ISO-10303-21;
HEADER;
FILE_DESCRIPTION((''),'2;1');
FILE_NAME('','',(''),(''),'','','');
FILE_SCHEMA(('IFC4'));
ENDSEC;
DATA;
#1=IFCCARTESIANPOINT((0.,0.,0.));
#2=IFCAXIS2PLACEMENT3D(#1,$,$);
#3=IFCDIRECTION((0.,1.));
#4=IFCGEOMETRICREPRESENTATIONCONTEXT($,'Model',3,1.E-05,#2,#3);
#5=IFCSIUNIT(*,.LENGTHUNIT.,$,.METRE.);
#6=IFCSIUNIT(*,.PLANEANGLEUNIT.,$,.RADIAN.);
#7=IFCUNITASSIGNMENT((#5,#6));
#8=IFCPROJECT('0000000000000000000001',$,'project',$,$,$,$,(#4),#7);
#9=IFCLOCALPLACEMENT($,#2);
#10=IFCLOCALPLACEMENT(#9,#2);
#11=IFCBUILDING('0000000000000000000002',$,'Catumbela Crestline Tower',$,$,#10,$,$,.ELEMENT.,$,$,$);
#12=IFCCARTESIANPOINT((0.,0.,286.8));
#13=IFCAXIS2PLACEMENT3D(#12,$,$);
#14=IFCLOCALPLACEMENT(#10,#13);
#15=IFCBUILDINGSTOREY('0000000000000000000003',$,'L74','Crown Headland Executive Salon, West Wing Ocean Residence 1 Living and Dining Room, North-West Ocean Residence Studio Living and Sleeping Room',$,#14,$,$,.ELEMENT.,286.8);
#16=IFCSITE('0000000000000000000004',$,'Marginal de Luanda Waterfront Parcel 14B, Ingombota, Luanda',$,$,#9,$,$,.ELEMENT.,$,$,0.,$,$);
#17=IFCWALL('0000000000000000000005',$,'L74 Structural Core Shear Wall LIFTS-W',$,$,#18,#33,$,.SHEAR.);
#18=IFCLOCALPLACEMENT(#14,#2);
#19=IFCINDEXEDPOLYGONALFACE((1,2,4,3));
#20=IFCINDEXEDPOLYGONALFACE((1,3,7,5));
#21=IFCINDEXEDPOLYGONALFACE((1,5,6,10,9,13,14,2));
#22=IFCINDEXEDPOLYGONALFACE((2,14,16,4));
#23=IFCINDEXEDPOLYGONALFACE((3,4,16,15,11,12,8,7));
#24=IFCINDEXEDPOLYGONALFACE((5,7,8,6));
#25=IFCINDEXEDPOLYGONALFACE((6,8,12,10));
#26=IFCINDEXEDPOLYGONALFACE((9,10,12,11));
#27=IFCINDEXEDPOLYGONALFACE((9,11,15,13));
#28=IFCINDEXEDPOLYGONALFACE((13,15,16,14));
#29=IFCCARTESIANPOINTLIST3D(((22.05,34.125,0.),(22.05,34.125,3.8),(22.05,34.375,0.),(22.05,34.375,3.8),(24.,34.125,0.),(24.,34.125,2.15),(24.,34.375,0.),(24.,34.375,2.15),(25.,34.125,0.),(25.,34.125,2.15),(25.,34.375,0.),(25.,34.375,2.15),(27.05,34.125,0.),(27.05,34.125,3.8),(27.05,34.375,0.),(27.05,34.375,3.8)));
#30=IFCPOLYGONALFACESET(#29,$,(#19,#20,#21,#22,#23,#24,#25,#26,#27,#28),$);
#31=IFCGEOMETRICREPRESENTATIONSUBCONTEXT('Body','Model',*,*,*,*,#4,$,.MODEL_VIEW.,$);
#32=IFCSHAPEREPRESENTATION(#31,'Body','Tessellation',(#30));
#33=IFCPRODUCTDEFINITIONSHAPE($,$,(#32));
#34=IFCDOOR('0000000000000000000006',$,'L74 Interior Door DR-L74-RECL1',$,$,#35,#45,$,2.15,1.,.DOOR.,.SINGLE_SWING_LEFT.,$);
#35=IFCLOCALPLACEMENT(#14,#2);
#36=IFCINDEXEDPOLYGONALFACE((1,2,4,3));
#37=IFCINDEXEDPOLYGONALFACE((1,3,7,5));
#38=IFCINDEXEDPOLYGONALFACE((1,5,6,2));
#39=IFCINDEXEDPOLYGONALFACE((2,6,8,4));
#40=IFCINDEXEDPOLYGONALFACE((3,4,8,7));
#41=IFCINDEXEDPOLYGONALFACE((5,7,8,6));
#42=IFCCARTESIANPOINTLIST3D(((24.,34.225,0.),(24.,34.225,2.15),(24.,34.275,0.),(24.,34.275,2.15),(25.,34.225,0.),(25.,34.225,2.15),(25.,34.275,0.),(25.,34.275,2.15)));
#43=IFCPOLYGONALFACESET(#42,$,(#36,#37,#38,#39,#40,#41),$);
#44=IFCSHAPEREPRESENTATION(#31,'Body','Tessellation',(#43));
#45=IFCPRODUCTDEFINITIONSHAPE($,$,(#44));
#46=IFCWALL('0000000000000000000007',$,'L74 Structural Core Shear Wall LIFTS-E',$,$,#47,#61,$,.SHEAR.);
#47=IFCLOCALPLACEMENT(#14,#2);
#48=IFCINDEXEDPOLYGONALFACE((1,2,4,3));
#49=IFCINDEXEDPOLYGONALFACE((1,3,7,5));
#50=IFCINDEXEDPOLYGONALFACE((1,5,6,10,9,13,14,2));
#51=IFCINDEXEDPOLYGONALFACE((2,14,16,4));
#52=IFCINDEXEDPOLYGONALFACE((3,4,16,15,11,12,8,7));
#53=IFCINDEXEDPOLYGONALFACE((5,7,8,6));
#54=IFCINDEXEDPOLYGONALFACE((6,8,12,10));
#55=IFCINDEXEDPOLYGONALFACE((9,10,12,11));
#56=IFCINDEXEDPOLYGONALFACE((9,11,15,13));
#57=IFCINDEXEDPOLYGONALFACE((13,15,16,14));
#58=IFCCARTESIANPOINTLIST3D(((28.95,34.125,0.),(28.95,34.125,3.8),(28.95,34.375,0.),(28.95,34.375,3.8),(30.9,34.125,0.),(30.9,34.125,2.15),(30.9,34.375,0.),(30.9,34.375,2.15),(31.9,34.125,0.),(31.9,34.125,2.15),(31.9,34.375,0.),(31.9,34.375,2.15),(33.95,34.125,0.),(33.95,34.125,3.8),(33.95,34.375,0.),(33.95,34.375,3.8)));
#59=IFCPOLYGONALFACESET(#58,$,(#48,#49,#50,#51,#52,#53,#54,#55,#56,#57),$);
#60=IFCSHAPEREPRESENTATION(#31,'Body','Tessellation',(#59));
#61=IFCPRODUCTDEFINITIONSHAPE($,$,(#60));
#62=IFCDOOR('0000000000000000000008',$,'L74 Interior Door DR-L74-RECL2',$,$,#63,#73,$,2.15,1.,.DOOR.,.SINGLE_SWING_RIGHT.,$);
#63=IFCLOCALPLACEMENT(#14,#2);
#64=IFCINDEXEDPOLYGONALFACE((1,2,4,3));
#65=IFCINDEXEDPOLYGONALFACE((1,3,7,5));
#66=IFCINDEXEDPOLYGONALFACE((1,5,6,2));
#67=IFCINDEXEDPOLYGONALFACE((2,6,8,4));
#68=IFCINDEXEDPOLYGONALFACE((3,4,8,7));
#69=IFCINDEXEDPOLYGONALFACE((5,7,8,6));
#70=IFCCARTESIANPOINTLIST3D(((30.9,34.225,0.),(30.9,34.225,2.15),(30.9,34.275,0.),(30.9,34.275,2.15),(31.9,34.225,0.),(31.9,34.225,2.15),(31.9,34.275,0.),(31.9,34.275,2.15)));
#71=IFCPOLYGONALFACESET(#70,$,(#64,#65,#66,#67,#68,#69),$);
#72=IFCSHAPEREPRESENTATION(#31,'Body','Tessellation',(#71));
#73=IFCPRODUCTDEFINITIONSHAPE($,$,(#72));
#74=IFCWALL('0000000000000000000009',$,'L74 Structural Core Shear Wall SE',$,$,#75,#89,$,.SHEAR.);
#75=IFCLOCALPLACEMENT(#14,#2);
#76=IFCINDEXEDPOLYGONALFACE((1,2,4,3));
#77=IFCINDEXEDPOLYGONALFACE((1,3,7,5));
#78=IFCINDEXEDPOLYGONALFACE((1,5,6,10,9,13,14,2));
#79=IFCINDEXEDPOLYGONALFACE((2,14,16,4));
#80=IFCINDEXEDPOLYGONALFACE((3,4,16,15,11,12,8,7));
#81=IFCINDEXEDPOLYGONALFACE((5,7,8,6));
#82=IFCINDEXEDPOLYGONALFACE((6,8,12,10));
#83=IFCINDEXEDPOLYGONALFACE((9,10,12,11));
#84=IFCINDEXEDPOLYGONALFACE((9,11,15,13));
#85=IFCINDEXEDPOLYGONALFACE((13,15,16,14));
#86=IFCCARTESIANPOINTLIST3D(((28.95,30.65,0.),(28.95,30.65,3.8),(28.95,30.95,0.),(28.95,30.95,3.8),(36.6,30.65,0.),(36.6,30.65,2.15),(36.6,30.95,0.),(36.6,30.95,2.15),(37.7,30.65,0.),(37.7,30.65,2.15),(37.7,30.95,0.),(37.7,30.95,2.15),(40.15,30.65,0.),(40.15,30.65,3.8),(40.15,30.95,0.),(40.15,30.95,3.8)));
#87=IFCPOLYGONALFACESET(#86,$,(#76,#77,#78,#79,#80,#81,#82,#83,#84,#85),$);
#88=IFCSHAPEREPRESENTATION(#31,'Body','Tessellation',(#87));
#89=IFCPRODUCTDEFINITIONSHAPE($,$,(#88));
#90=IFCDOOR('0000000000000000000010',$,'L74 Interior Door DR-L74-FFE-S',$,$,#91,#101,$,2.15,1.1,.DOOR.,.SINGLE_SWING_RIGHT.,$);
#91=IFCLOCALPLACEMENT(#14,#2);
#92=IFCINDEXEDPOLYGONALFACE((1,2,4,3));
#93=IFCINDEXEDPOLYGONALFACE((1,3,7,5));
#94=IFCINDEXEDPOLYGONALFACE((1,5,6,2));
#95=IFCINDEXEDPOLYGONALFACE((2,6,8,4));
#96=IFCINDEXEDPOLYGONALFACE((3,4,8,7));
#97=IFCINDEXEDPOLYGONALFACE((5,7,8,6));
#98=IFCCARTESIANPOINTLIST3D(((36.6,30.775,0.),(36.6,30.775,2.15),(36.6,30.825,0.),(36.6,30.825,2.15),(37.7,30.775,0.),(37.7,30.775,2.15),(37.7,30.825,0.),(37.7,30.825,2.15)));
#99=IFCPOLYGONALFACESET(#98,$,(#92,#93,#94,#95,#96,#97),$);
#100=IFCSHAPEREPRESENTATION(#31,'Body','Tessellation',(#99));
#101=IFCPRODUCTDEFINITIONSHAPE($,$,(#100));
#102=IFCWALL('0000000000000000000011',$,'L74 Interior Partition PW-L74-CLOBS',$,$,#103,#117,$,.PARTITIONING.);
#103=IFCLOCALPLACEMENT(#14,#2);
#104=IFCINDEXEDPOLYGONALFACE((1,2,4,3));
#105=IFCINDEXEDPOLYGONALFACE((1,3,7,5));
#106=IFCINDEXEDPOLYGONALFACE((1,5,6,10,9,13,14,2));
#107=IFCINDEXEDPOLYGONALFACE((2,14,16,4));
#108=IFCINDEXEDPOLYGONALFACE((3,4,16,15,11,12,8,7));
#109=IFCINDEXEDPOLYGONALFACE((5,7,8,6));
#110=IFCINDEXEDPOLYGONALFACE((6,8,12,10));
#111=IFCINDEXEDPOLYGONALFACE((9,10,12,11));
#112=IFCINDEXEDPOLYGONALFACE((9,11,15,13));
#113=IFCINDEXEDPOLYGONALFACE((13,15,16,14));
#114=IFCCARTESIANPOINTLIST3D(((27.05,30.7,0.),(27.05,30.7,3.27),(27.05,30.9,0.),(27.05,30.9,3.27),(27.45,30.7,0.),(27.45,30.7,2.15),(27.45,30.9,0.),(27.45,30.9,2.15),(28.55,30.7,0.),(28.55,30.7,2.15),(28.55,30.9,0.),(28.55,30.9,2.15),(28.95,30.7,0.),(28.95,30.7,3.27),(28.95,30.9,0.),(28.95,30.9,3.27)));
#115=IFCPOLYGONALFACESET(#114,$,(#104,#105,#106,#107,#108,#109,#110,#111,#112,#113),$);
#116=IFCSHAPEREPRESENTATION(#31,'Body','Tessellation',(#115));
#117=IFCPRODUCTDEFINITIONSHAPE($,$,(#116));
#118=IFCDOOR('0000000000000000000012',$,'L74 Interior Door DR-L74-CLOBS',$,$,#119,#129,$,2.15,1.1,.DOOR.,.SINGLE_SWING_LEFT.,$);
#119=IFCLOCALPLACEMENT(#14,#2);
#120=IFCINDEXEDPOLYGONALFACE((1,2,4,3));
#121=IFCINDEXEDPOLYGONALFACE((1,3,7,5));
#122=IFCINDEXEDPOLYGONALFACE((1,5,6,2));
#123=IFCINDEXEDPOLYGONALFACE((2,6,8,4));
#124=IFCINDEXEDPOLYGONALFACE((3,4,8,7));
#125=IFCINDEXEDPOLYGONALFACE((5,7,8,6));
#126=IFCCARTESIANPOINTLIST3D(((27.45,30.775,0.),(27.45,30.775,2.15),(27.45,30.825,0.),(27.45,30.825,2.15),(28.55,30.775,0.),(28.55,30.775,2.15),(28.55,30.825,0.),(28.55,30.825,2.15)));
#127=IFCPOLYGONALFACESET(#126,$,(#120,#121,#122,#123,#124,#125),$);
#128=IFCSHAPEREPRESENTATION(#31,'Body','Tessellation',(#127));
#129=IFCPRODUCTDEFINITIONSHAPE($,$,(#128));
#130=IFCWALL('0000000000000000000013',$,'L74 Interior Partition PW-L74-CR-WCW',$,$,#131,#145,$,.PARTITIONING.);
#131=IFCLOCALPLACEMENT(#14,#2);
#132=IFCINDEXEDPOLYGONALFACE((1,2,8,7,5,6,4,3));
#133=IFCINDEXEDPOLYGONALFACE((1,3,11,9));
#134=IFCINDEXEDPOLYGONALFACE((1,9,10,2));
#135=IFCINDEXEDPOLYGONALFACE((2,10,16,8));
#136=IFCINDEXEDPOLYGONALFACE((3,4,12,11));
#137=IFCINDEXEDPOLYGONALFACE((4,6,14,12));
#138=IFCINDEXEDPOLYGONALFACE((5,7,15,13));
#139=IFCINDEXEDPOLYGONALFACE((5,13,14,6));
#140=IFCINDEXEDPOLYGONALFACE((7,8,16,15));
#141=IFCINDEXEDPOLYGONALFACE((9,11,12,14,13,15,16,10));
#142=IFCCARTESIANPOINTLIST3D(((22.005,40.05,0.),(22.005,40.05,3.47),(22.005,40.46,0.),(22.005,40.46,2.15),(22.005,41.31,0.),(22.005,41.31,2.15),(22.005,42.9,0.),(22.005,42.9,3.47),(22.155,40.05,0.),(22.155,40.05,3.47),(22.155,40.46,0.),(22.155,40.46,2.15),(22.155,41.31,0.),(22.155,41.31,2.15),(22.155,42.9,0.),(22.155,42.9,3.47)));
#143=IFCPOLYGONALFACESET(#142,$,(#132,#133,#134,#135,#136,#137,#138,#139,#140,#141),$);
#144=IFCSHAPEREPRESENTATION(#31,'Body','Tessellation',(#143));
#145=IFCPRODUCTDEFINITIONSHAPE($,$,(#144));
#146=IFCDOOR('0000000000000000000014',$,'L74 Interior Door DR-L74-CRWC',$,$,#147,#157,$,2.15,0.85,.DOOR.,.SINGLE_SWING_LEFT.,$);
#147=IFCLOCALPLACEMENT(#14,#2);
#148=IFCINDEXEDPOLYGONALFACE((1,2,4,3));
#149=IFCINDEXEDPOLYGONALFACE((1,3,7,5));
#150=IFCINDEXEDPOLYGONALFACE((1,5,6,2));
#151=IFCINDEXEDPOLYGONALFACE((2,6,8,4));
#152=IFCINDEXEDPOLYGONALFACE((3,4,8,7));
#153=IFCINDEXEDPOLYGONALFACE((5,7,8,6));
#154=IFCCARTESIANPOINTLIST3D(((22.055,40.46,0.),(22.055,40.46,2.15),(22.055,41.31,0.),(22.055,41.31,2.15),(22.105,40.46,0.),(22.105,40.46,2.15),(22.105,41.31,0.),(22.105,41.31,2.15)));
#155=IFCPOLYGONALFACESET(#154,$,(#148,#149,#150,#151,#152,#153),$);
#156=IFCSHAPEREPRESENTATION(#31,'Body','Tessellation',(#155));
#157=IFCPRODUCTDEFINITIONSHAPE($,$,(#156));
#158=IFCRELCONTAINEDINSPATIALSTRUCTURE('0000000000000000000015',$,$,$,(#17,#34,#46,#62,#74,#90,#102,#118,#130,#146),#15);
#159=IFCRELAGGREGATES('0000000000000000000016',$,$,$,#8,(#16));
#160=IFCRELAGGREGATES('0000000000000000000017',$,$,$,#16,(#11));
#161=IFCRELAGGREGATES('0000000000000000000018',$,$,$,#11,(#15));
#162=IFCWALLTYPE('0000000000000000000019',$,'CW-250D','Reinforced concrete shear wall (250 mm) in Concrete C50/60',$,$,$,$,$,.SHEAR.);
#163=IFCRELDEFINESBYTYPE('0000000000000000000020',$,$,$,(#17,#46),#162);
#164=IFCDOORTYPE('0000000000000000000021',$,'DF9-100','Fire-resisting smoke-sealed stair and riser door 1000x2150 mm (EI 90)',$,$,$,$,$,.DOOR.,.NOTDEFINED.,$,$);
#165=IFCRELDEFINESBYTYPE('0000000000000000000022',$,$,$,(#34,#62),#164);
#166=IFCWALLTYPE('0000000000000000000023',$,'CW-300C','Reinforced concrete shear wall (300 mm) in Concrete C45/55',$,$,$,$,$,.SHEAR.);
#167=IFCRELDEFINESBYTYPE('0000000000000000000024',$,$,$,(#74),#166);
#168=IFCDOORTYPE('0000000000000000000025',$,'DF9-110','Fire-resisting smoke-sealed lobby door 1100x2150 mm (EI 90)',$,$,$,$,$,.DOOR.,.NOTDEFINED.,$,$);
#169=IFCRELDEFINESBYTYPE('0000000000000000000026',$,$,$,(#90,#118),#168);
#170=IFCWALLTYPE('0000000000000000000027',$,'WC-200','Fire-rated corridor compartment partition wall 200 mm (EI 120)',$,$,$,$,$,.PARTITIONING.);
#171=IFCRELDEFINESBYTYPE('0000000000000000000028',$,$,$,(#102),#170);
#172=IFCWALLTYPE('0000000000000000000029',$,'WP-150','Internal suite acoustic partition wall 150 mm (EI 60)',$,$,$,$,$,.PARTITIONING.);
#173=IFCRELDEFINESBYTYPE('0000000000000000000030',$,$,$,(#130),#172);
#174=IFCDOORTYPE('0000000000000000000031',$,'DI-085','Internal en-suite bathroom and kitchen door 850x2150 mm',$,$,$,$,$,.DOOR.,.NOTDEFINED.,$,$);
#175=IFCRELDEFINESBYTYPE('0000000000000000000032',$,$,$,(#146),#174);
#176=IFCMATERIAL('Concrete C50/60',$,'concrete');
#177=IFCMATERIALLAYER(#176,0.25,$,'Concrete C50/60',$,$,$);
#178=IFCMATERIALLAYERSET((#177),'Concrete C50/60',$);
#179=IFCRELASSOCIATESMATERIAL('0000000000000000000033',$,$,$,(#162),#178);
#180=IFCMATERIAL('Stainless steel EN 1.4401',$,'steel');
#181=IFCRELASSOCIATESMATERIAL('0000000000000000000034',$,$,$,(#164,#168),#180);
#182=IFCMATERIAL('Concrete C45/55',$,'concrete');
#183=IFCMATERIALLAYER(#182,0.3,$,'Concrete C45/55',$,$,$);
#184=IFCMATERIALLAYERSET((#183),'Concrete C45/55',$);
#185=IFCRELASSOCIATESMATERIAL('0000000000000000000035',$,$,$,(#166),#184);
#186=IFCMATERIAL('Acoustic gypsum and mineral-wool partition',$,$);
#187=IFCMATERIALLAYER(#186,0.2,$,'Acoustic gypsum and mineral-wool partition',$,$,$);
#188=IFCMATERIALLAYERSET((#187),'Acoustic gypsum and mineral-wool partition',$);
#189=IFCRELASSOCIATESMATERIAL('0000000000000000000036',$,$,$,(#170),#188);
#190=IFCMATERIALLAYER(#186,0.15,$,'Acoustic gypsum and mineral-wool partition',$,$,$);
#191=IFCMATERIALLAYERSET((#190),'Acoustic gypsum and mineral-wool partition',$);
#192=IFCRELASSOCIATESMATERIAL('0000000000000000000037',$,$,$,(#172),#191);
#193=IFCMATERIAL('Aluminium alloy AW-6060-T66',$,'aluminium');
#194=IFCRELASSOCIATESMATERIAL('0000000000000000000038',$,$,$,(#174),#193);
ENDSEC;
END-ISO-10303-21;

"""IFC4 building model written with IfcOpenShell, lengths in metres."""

from ifc_helpers import new_model, si_unit, direction, frame, frame_2d, origin, place, context, subcontext, project, spatial, rectangle, extrude, material, layer, layer_set, type_object, element, fill, save


model = new_model("IFC4")

# Units and contexts
model_context = context("Model", 3, precision=1e-05, world=origin(), true_north=direction((0.0, 1.0)))
body_context = subcontext(model_context, "Body", "Model", "MODEL_VIEW")
ifc_project = project(units=[si_unit("LENGTHUNIT", "METRE"), si_unit("PLANEANGLEUNIT", "RADIAN")], contexts=[model_context])

# Site, building, storey
site_placement = place(None, origin())
site = spatial("IfcSite", under=ifc_project, at=site_placement, Name="Marginal de Luanda Waterfront Parcel 14B, Ingombota, Luanda", CompositionType="ELEMENT", RefElevation=0.0)
building_placement = place(site_placement, origin())
building = spatial("IfcBuilding", under=site, at=building_placement, Name="Catumbela Crestline Tower", CompositionType="ELEMENT")
storey_placement = place(building_placement, frame((0.0, 0.0, 286.8)))
storey = spatial("IfcBuildingStorey", under=building, at=storey_placement, Name="L74", Description="Crown Headland Executive Salon, West Wing Ocean Residence 1 Living and Dining Room, North-West Ocean Residence Studio Living and Sleeping Room", CompositionType="ELEMENT", Elevation=286.8)

# Walls, openings, doors
ifc_material_1 = material(Name="Concrete C50/60", Category="concrete")
ifc_layer_1 = layer(ifc_material_1, 0.25, Name="Concrete C50/60")
ifc_layer_set_1 = layer_set([ifc_layer_1], Name="Concrete C50/60")
wall_type_1 = type_object("IfcWallType", Name="CW-250D", Description="Reinforced concrete shear wall (250 mm) in Concrete C50/60", PredefinedType="SHEAR", material=ifc_layer_set_1)
wall_1_placement = place(storey_placement, frame((22.05, 34.25, 0.0), z_axis=(0.0, 0.0, 1.0), x_axis=(1.0, 0.0, 0.0)))
wall_1 = element("IfcWall", 1, at=wall_1_placement, inside=storey, type_object=wall_type_1, Name="L74 Structural Core Shear Wall LIFTS-W", PredefinedType="SHEAR", context=body_context, shape_type="SweptSolid", body=[
    extrude(rectangle(XDim=5.0, YDim=0.25, at=frame_2d((2.5, 0.0))), origin(), (0.0, 0.0, 1.0), 3.8),
])
opening_1_placement = place(wall_1_placement, frame((1.95, 0.0, 0.0)))
opening_1 = element("IfcOpeningElement", 2, at=opening_1_placement, cuts=wall_1, PredefinedType="OPENING", context=body_context, shape_type="SweptSolid", body=[
    extrude(rectangle(XDim=1.0, YDim=2.15, at=frame_2d((0.5, 1.075))), frame((0.0, 0.135, 0.0), z_axis=(0.0, -1.0, 0.0), x_axis=(1.0, 0.0, 0.0)), (0.0, 0.0, 1.0), 0.27),
])
ifc_material_2 = material(Name="Stainless steel EN 1.4401", Category="steel")
door_type_1 = type_object("IfcDoorType", Name="DF9-100", Description="Fire-resisting smoke-sealed stair and riser door 1000x2150 mm (EI 90)", OperationType="NOTDEFINED", PredefinedType="DOOR", material=ifc_material_2)
door_1_placement = place(opening_1_placement, origin())
door_1 = element("IfcDoor", 3, at=door_1_placement, inside=storey, type_object=door_type_1, Name="L74 Interior Door DR-L74-RECL1", OperationType="SINGLE_SWING_LEFT", OverallHeight=2.15, OverallWidth=1.0, PredefinedType="DOOR", context=body_context, shape_type="SweptSolid", body=[
    extrude(rectangle(XDim=1.0, YDim=2.15, at=frame_2d((0.5, 1.075))), frame((0.0, 0.025, 0.0), z_axis=(0.0, -1.0, 0.0), x_axis=(1.0, 0.0, 0.0)), (0.0, 0.0, 1.0), 0.05),
])
fill(opening_1, door_1)
wall_2_placement = place(storey_placement, frame((28.95, 34.25, 0.0), z_axis=(0.0, 0.0, 1.0), x_axis=(1.0, 0.0, 0.0)))
wall_2 = element("IfcWall", 4, at=wall_2_placement, inside=storey, type_object=wall_type_1, Name="L74 Structural Core Shear Wall LIFTS-E", PredefinedType="SHEAR", context=body_context, shape_type="SweptSolid", body=[
    extrude(rectangle(XDim=5.0, YDim=0.25, at=frame_2d((2.5, 0.0))), origin(), (0.0, 0.0, 1.0), 3.8),
])
opening_2_placement = place(wall_2_placement, frame((1.95, 0.0, 0.0)))
opening_2 = element("IfcOpeningElement", 5, at=opening_2_placement, cuts=wall_2, PredefinedType="OPENING", context=body_context, shape_type="SweptSolid", body=[
    extrude(rectangle(XDim=1.0, YDim=2.15, at=frame_2d((0.5, 1.075))), frame((0.0, 0.135, 0.0), z_axis=(0.0, -1.0, 0.0), x_axis=(1.0, 0.0, 0.0)), (0.0, 0.0, 1.0), 0.27),
])
door_2_placement = place(opening_2_placement, origin())
door_2 = element("IfcDoor", 6, at=door_2_placement, inside=storey, type_object=door_type_1, Name="L74 Interior Door DR-L74-RECL2", OperationType="SINGLE_SWING_RIGHT", OverallHeight=2.15, OverallWidth=1.0, PredefinedType="DOOR", context=body_context, shape_type="SweptSolid", body=[
    extrude(rectangle(XDim=1.0, YDim=2.15, at=frame_2d((0.5, 1.075))), frame((0.0, 0.025, 0.0), z_axis=(0.0, -1.0, 0.0), x_axis=(1.0, 0.0, 0.0)), (0.0, 0.0, 1.0), 0.05),
])
fill(opening_2, door_2)
ifc_material_3 = material(Name="Concrete C45/55", Category="concrete")
ifc_layer_2 = layer(ifc_material_3, 0.3, Name="Concrete C45/55")
ifc_layer_set_2 = layer_set([ifc_layer_2], Name="Concrete C45/55")
wall_type_2 = type_object("IfcWallType", Name="CW-300C", Description="Reinforced concrete shear wall (300 mm) in Concrete C45/55", PredefinedType="SHEAR", material=ifc_layer_set_2)
wall_3_placement = place(storey_placement, frame((28.95, 30.8, 0.0), z_axis=(0.0, 0.0, 1.0), x_axis=(1.0, 0.0, 0.0)))
wall_3 = element("IfcWall", 7, at=wall_3_placement, inside=storey, type_object=wall_type_2, Name="L74 Structural Core Shear Wall SE", PredefinedType="SHEAR", context=body_context, shape_type="SweptSolid", body=[
    extrude(rectangle(XDim=11.2, YDim=0.3, at=frame_2d((5.6, 0.0))), origin(), (0.0, 0.0, 1.0), 3.8),
])
opening_3_placement = place(wall_3_placement, frame((7.65, 0.0, 0.0)))
opening_3 = element("IfcOpeningElement", 8, at=opening_3_placement, cuts=wall_3, PredefinedType="OPENING", context=body_context, shape_type="SweptSolid", body=[
    extrude(rectangle(XDim=1.1, YDim=2.15, at=frame_2d((0.55, 1.075))), frame((0.0, 0.16, 0.0), z_axis=(0.0, -1.0, 0.0), x_axis=(1.0, 0.0, 0.0)), (0.0, 0.0, 1.0), 0.32),
])
door_type_2 = type_object("IfcDoorType", Name="DF9-110", Description="Fire-resisting smoke-sealed lobby door 1100x2150 mm (EI 90)", OperationType="NOTDEFINED", PredefinedType="DOOR", material=ifc_material_2)
door_3_placement = place(opening_3_placement, origin())
door_3 = element("IfcDoor", 9, at=door_3_placement, inside=storey, type_object=door_type_2, Name="L74 Interior Door DR-L74-FFE-S", OperationType="SINGLE_SWING_RIGHT", OverallHeight=2.15, OverallWidth=1.1, PredefinedType="DOOR", context=body_context, shape_type="SweptSolid", body=[
    extrude(rectangle(XDim=1.1, YDim=2.15, at=frame_2d((0.55, 1.075))), frame((0.0, 0.025, 0.0), z_axis=(0.0, -1.0, 0.0), x_axis=(1.0, 0.0, 0.0)), (0.0, 0.0, 1.0), 0.05),
])
fill(opening_3, door_3)
ifc_material_4 = material(Name="Acoustic gypsum and mineral-wool partition")
ifc_layer_3 = layer(ifc_material_4, 0.2, Name="Acoustic gypsum and mineral-wool partition")
ifc_layer_set_3 = layer_set([ifc_layer_3], Name="Acoustic gypsum and mineral-wool partition")
wall_type_3 = type_object("IfcWallType", Name="WC-200", Description="Fire-rated corridor compartment partition wall 200 mm (EI 120)", PredefinedType="PARTITIONING", material=ifc_layer_set_3)
wall_4_placement = place(storey_placement, frame((27.05, 30.8, 0.0), z_axis=(0.0, 0.0, 1.0), x_axis=(1.0, 0.0, 0.0)))
wall_4 = element("IfcWall", 10, at=wall_4_placement, inside=storey, type_object=wall_type_3, Name="L74 Interior Partition PW-L74-CLOBS", PredefinedType="PARTITIONING", context=body_context, shape_type="SweptSolid", body=[
    extrude(rectangle(XDim=1.9, YDim=0.2, at=frame_2d((0.95, 0.0))), origin(), (0.0, 0.0, 1.0), 3.27),
])
opening_4_placement = place(wall_4_placement, frame((0.4, 0.0, 0.0)))
opening_4 = element("IfcOpeningElement", 11, at=opening_4_placement, cuts=wall_4, PredefinedType="OPENING", context=body_context, shape_type="SweptSolid", body=[
    extrude(rectangle(XDim=1.1, YDim=2.15, at=frame_2d((0.55, 1.075))), frame((0.0, 0.11, 0.0), z_axis=(0.0, -1.0, 0.0), x_axis=(1.0, 0.0, 0.0)), (0.0, 0.0, 1.0), 0.22),
])
door_4_placement = place(opening_4_placement, origin())
door_4 = element("IfcDoor", 12, at=door_4_placement, inside=storey, type_object=door_type_2, Name="L74 Interior Door DR-L74-CLOBS", OperationType="SINGLE_SWING_LEFT", OverallHeight=2.15, OverallWidth=1.1, PredefinedType="DOOR", context=body_context, shape_type="SweptSolid", body=[
    extrude(rectangle(XDim=1.1, YDim=2.15, at=frame_2d((0.55, 1.075))), frame((0.0, 0.025, 0.0), z_axis=(0.0, -1.0, 0.0), x_axis=(1.0, 0.0, 0.0)), (0.0, 0.0, 1.0), 0.05),
])
fill(opening_4, door_4)
ifc_layer_4 = layer(ifc_material_4, 0.15, Name="Acoustic gypsum and mineral-wool partition")
ifc_layer_set_4 = layer_set([ifc_layer_4], Name="Acoustic gypsum and mineral-wool partition")
wall_type_4 = type_object("IfcWallType", Name="WP-150", Description="Internal suite acoustic partition wall 150 mm (EI 60)", PredefinedType="PARTITIONING", material=ifc_layer_set_4)
wall_5_placement = place(storey_placement, frame((22.08, 40.05, 0.0), z_axis=(0.0, 0.0, 1.0), x_axis=(0.0, 1.0, 0.0)))
wall_5 = element("IfcWall", 13, at=wall_5_placement, inside=storey, type_object=wall_type_4, Name="L74 Interior Partition PW-L74-CR-WCW", PredefinedType="PARTITIONING", context=body_context, shape_type="SweptSolid", body=[
    extrude(rectangle(XDim=2.85, YDim=0.15, at=frame_2d((1.425, 0.0))), origin(), (0.0, 0.0, 1.0), 3.47),
])
opening_5_placement = place(wall_5_placement, frame((0.41, 0.0, 0.0)))
opening_5 = element("IfcOpeningElement", 14, at=opening_5_placement, cuts=wall_5, PredefinedType="OPENING", context=body_context, shape_type="SweptSolid", body=[
    extrude(rectangle(XDim=0.85, YDim=2.15, at=frame_2d((0.425, 1.075))), frame((0.0, 0.085, 0.0), z_axis=(0.0, -1.0, 0.0), x_axis=(1.0, 0.0, 0.0)), (0.0, 0.0, 1.0), 0.17),
])
ifc_material_5 = material(Name="Aluminium alloy AW-6060-T66", Category="aluminium")
door_type_3 = type_object("IfcDoorType", Name="DI-085", Description="Internal en-suite bathroom and kitchen door 850x2150 mm", OperationType="NOTDEFINED", PredefinedType="DOOR", material=ifc_material_5)
door_5_placement = place(opening_5_placement, origin())
door_5 = element("IfcDoor", 15, at=door_5_placement, inside=storey, type_object=door_type_3, Name="L74 Interior Door DR-L74-CRWC", OperationType="SINGLE_SWING_LEFT", OverallHeight=2.15, OverallWidth=0.85, PredefinedType="DOOR", context=body_context, shape_type="SweptSolid", body=[
    extrude(rectangle(XDim=0.85, YDim=2.15, at=frame_2d((0.425, 1.075))), frame((0.0, 0.025, 0.0), z_axis=(0.0, -1.0, 0.0), x_axis=(1.0, 0.0, 0.0)), (0.0, 0.0, 1.0), 0.05),
])
fill(opening_5, door_5)

save(model, "model.ifc")
